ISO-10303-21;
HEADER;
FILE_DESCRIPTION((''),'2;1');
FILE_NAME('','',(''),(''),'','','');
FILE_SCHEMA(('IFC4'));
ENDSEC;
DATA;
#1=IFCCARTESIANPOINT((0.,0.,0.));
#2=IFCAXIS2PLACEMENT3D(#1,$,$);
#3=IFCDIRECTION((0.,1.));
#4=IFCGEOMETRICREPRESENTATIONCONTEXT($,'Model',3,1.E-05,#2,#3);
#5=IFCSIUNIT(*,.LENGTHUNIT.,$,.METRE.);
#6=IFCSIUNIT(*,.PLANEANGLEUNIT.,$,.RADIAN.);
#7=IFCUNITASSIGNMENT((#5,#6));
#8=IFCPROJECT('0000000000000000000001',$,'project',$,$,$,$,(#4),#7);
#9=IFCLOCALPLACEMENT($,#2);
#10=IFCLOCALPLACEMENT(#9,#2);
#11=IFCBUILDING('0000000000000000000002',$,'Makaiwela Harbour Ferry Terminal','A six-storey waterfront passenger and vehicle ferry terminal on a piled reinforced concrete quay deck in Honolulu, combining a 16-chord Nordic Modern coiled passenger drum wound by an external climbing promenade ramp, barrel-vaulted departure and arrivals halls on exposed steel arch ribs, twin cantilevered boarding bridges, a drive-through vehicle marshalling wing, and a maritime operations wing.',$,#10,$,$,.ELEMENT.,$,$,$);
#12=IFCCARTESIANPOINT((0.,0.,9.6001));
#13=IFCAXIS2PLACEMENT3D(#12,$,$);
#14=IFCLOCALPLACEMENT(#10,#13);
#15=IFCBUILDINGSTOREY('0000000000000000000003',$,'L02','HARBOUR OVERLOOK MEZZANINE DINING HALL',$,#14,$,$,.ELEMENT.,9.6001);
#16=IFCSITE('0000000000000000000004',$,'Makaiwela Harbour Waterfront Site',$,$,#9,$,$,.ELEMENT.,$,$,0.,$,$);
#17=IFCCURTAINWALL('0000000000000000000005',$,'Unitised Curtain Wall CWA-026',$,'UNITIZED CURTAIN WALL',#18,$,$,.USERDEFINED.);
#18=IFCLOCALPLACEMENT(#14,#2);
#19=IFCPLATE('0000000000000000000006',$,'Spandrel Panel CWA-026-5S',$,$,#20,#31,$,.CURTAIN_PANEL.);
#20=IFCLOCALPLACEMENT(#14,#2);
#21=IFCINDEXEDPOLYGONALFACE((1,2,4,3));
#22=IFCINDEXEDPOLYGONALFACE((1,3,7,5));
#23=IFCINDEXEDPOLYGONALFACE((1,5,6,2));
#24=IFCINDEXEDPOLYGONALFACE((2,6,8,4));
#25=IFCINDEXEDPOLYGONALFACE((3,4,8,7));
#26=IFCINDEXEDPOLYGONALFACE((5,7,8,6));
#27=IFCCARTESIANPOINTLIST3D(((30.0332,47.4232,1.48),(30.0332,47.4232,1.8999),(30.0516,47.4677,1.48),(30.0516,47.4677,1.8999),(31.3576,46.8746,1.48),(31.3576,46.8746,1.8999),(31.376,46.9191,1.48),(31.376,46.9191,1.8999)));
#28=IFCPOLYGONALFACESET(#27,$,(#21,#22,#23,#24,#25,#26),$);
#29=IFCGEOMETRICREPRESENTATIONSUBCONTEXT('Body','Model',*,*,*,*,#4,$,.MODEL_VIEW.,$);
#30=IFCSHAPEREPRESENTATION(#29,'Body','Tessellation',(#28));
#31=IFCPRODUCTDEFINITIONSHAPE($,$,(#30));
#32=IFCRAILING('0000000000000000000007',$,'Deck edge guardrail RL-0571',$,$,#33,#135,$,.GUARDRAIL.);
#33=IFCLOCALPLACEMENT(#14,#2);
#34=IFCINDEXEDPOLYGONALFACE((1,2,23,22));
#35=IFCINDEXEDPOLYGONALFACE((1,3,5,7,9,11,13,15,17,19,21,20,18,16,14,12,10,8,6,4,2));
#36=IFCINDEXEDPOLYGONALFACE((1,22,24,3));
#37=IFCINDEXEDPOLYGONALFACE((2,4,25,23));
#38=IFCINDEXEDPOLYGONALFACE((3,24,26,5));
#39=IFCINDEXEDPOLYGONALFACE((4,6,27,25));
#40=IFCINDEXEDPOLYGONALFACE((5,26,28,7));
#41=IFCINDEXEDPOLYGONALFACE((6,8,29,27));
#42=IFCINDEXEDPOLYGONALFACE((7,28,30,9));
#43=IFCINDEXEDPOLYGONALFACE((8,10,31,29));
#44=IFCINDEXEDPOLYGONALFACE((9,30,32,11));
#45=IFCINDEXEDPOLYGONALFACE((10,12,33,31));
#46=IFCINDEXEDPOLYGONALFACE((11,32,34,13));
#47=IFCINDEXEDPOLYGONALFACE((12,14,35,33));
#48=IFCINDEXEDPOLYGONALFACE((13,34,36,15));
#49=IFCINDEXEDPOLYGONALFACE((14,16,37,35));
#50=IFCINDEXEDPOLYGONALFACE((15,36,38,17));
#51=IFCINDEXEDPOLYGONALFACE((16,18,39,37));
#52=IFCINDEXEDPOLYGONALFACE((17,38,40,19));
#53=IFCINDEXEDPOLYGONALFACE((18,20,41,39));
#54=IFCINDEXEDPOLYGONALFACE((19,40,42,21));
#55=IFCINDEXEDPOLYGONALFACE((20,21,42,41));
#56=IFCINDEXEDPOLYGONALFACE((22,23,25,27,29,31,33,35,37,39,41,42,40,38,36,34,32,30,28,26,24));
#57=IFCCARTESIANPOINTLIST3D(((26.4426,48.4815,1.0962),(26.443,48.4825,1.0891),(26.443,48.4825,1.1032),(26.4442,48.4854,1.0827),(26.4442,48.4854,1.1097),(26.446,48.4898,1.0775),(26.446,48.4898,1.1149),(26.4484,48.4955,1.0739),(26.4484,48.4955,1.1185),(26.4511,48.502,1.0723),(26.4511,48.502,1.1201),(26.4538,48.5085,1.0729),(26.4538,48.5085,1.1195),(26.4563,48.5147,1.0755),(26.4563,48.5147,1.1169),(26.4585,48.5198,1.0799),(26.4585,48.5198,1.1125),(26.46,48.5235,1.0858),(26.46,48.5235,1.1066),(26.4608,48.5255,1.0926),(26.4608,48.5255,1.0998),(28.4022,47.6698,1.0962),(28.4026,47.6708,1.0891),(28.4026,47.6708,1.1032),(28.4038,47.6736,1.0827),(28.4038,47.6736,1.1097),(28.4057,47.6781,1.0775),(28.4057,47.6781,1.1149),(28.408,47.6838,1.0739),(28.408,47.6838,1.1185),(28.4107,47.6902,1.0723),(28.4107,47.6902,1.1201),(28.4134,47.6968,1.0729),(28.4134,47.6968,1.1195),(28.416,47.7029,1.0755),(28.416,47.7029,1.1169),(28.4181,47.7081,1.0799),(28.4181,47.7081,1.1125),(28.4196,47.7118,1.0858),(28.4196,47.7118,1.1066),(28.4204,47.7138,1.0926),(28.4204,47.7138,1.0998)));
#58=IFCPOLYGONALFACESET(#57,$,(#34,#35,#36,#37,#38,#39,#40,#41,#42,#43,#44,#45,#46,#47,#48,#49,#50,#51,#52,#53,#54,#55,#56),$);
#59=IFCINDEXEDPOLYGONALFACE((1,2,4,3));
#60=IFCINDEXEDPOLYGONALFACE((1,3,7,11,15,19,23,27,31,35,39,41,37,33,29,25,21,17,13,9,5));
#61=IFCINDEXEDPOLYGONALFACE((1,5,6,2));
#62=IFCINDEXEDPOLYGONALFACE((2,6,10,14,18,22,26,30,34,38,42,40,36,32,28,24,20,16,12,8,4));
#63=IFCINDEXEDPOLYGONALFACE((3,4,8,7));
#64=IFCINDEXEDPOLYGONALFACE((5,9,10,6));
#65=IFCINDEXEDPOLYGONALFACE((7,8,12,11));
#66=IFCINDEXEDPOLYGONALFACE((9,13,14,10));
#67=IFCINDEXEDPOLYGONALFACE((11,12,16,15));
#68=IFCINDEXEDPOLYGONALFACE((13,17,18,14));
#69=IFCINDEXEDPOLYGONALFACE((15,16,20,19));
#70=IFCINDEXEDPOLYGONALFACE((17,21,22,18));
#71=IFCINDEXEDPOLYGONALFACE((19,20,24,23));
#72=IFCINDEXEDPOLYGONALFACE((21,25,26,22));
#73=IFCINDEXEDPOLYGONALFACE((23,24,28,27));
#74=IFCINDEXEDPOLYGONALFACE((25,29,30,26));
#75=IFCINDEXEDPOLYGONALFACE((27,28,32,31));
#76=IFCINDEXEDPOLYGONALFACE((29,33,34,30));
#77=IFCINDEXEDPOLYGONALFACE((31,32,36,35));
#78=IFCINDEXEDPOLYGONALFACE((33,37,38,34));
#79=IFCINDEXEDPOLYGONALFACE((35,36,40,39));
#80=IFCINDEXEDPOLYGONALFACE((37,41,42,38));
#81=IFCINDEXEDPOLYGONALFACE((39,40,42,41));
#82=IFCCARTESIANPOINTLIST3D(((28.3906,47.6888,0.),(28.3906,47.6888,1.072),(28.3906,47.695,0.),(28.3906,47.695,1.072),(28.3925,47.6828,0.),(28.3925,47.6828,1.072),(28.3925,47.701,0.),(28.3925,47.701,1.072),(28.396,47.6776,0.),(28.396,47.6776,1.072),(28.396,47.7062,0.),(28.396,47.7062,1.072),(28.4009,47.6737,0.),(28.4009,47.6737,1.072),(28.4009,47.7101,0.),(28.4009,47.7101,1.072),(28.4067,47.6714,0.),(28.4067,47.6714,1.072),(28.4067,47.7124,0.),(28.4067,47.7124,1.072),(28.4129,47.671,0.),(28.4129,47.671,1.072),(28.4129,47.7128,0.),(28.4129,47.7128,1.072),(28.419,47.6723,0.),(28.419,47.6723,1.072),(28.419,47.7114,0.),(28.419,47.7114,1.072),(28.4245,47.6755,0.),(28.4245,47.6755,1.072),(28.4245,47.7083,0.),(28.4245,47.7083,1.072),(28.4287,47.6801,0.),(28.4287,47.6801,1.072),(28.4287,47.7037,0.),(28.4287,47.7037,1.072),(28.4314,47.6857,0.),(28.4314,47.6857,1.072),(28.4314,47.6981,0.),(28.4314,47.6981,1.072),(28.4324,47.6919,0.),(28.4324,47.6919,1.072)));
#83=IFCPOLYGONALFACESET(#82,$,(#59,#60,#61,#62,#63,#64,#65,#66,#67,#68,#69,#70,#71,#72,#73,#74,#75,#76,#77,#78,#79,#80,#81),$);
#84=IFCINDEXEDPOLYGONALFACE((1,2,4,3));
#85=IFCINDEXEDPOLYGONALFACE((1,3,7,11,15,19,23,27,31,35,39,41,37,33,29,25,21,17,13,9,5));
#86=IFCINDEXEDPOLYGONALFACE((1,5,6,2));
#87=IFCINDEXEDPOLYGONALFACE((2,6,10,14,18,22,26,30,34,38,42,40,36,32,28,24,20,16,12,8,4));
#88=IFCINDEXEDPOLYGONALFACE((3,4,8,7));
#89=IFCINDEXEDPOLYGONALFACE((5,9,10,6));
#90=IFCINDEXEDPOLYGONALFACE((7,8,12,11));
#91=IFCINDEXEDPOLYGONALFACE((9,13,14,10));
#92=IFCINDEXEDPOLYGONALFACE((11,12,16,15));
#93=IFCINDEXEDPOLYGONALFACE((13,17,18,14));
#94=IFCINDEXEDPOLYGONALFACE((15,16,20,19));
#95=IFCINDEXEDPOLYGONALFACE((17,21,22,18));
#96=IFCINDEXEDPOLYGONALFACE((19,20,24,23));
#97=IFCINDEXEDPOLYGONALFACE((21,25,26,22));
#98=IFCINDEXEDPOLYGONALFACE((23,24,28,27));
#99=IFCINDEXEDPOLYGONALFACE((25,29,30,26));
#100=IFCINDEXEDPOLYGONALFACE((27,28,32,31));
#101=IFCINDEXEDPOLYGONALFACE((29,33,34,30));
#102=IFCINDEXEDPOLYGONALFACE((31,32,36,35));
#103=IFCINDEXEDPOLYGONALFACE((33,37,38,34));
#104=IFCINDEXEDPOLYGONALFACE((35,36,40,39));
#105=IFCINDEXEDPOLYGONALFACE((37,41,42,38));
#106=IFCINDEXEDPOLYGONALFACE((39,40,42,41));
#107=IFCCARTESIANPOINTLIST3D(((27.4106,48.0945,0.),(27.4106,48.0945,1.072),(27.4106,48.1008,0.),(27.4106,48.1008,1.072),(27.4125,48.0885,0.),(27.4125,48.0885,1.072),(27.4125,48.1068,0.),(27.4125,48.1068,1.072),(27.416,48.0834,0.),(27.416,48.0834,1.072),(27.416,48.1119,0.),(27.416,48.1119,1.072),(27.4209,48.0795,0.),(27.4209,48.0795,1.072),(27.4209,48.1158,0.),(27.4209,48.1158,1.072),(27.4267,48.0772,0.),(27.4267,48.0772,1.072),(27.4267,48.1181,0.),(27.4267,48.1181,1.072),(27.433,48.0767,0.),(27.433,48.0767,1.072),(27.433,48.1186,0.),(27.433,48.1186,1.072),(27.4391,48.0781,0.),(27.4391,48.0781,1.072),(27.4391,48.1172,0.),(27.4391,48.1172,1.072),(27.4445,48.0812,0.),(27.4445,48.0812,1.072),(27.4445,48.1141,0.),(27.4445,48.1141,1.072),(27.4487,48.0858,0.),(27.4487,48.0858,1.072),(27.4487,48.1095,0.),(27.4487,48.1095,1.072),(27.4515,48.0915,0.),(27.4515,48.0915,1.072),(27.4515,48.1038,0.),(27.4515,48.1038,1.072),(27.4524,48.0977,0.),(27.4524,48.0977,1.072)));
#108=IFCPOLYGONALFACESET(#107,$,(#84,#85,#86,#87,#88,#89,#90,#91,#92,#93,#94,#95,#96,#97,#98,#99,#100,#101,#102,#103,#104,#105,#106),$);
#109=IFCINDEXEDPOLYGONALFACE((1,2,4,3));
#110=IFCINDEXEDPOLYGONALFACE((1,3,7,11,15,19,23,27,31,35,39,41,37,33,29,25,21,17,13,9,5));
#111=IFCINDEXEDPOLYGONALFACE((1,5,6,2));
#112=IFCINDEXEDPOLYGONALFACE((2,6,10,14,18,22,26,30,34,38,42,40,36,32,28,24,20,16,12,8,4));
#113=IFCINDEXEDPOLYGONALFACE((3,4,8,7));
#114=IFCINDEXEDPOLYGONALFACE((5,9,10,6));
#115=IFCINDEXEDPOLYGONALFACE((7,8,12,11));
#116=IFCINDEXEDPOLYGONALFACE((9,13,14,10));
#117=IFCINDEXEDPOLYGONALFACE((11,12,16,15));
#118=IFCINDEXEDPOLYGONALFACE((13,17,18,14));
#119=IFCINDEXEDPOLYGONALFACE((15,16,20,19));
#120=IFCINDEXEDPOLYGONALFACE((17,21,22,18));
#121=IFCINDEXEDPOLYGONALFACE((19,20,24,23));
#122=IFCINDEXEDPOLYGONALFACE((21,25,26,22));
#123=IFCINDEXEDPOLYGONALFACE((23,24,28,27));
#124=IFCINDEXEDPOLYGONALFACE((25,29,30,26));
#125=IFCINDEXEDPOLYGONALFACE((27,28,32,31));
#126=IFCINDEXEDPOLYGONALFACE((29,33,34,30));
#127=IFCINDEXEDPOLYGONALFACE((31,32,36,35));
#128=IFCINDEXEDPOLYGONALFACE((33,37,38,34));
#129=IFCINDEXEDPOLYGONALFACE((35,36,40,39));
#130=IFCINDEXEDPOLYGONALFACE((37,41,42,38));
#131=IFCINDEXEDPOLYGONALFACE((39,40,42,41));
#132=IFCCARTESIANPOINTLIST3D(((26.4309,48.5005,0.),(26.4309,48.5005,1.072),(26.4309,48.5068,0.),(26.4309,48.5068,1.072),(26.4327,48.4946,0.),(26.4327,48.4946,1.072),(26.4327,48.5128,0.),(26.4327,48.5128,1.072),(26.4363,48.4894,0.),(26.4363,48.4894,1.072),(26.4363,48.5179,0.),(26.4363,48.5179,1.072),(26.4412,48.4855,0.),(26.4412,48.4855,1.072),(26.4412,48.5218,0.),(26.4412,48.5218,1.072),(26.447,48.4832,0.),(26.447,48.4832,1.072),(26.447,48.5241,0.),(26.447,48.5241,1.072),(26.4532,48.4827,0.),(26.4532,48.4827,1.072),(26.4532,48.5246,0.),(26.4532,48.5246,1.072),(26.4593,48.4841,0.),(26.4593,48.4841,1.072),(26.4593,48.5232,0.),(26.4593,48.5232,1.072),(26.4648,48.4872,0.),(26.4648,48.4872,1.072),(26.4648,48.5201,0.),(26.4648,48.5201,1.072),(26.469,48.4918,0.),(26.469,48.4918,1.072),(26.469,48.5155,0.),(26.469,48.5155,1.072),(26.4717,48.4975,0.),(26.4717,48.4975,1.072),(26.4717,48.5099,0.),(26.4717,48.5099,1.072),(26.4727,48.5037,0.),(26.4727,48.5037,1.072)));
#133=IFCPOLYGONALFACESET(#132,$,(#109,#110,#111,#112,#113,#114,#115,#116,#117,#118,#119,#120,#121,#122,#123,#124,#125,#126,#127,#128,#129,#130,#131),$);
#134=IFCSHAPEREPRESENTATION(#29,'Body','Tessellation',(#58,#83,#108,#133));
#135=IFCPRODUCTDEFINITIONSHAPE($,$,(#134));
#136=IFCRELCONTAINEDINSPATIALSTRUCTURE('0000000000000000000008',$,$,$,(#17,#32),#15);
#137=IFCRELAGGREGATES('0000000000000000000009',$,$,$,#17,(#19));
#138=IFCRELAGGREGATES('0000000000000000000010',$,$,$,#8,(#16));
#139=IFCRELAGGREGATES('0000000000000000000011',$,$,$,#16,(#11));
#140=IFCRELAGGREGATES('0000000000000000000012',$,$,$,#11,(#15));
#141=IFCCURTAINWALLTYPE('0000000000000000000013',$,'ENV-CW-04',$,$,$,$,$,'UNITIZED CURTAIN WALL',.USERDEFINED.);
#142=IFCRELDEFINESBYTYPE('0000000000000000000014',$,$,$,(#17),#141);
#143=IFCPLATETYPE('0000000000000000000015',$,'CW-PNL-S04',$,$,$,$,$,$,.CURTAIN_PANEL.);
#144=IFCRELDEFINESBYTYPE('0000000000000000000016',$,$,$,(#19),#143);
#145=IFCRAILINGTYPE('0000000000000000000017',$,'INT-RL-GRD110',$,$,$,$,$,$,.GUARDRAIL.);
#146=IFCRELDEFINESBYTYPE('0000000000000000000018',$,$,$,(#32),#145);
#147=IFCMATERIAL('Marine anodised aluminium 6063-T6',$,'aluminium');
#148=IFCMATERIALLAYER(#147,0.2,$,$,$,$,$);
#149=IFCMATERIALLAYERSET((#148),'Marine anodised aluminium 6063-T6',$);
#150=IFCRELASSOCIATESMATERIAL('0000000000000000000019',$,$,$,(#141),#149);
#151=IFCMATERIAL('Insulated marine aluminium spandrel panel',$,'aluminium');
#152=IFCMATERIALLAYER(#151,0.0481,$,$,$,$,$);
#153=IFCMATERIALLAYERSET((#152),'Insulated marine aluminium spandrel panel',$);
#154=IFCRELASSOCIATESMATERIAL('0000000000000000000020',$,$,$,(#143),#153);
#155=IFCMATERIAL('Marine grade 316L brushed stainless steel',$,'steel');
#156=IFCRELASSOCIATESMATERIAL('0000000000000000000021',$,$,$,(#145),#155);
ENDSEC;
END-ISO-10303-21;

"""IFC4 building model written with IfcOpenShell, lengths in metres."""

from ifc_helpers import new_model, si_unit, direction, frame, origin, origin_2d, place, context, subcontext, project, spatial, rectangle, circle, extrude, material, layer, layer_set, type_object, element, aggregate, save


model = new_model("IFC4")

# Units and contexts
model_context = context("Model", 3, precision=1e-05, world=origin(), true_north=direction((0.0, 1.0)))
body_context = subcontext(model_context, "Body", "Model", "MODEL_VIEW")
ifc_project = project(units=[si_unit("LENGTHUNIT", "METRE"), si_unit("PLANEANGLEUNIT", "RADIAN")], contexts=[model_context])

# Site, building, storey
site_placement = place(None, origin())
site = spatial("IfcSite", under=ifc_project, at=site_placement, Name="Makaiwela Harbour Waterfront Site", CompositionType="ELEMENT", RefElevation=0.0)
building_placement = place(site_placement, origin())
building = spatial("IfcBuilding", under=site, at=building_placement, Name="Makaiwela Harbour Ferry Terminal", Description="A six-storey waterfront passenger and vehicle ferry terminal on a piled reinforced concrete quay deck in Honolulu, combining a 16-chord Nordic Modern coiled passenger drum wound by an external climbing promenade ramp, barrel-vaulted departure and arrivals halls on exposed steel arch ribs, twin cantilevered boarding bridges, a drive-through vehicle marshalling wing, and a maritime operations wing.", CompositionType="ELEMENT")
storey_placement = place(building_placement, frame((0.0, 0.0, 9.6001)))
storey = spatial("IfcBuildingStorey", under=building, at=storey_placement, Name="L02", Description="HARBOUR OVERLOOK MEZZANINE DINING HALL", CompositionType="ELEMENT", Elevation=9.6001)

# Curtain wall
ifc_material_1 = material(Name="Marine anodised aluminium 6063-T6", Category="aluminium")
ifc_layer_1 = layer(ifc_material_1, 0.2)
ifc_layer_set_1 = layer_set([ifc_layer_1], Name="Marine anodised aluminium 6063-T6")
curtain_wall_type = type_object("IfcCurtainWallType", Name="ENV-CW-04", ElementType="UNITIZED CURTAIN WALL", PredefinedType="USERDEFINED", material=ifc_layer_set_1)
curtain_wall_placement = place(storey_placement, origin())
curtain_wall = element("IfcCurtainWall", 1, at=curtain_wall_placement, inside=storey, type_object=curtain_wall_type, Name="Unitised Curtain Wall CWA-026", ObjectType="UNITIZED CURTAIN WALL", PredefinedType="USERDEFINED")

# Plate
ifc_material_2 = material(Name="Insulated marine aluminium spandrel panel", Category="aluminium")
ifc_layer_2 = layer(ifc_material_2, 0.0481)
ifc_layer_set_2 = layer_set([ifc_layer_2], Name="Insulated marine aluminium spandrel panel")
plate_type_1 = type_object("IfcPlateType", Name="CW-PNL-S04", PredefinedType="CURTAIN_PANEL", material=ifc_layer_set_2)
plate_1_placement = place(storey_placement, frame((30.7046, 47.1711, 1.48), z_axis=(0.0, 0.0, 1.0), x_axis=(0.92388, -0.382683, 0.0)))
plate_1 = element("IfcPlate", 2, at=plate_1_placement, type_object=plate_type_1, Name="Spandrel Panel CWA-026-5S", PredefinedType="CURTAIN_PANEL", context=body_context, shape_type="SweptSolid", body=[
    extrude(rectangle(XDim=1.4336, YDim=0.0481, at=origin_2d()), origin(), (0.0, 0.0, 1.0), 0.4199),
])
aggregate(curtain_wall, [plate_1])

# Railing
ifc_material_3 = material(Name="Marine grade 316L brushed stainless steel", Category="steel")
railing_type = type_object("IfcRailingType", Name="INT-RL-GRD110", PredefinedType="GUARDRAIL", material=ifc_material_3)
railing_placement = place(storey_placement, frame((28.4114, 47.6919, 0.0)))
element("IfcRailing", 3, at=railing_placement, inside=storey, type_object=railing_type, Name="Deck edge guardrail RL-0571", PredefinedType="GUARDRAIL", context=body_context, shape_type="SweptSolid", body=[
    extrude(circle(Radius=0.0239, at=origin_2d()), frame((0.0, 0.0, 1.0962), z_axis=(-0.923875, 0.382694, 0.0), x_axis=(-0.382694, -0.923875, 0.0)), (0.0, 0.0, 1.0), 2.1211),
    extrude(circle(Radius=0.021, at=origin_2d()), origin(), (0.0, 0.0, 1.0), 1.072),
    extrude(circle(Radius=0.021, at=origin_2d()), frame((-0.98, 0.4058, 0.0)), (0.0, 0.0, 1.0), 1.072),
    extrude(circle(Radius=0.021, at=origin_2d()), frame((-1.9597, 0.8118, 0.0)), (0.0, 0.0, 1.0), 1.072),
])

save(model, "model.ifc")
